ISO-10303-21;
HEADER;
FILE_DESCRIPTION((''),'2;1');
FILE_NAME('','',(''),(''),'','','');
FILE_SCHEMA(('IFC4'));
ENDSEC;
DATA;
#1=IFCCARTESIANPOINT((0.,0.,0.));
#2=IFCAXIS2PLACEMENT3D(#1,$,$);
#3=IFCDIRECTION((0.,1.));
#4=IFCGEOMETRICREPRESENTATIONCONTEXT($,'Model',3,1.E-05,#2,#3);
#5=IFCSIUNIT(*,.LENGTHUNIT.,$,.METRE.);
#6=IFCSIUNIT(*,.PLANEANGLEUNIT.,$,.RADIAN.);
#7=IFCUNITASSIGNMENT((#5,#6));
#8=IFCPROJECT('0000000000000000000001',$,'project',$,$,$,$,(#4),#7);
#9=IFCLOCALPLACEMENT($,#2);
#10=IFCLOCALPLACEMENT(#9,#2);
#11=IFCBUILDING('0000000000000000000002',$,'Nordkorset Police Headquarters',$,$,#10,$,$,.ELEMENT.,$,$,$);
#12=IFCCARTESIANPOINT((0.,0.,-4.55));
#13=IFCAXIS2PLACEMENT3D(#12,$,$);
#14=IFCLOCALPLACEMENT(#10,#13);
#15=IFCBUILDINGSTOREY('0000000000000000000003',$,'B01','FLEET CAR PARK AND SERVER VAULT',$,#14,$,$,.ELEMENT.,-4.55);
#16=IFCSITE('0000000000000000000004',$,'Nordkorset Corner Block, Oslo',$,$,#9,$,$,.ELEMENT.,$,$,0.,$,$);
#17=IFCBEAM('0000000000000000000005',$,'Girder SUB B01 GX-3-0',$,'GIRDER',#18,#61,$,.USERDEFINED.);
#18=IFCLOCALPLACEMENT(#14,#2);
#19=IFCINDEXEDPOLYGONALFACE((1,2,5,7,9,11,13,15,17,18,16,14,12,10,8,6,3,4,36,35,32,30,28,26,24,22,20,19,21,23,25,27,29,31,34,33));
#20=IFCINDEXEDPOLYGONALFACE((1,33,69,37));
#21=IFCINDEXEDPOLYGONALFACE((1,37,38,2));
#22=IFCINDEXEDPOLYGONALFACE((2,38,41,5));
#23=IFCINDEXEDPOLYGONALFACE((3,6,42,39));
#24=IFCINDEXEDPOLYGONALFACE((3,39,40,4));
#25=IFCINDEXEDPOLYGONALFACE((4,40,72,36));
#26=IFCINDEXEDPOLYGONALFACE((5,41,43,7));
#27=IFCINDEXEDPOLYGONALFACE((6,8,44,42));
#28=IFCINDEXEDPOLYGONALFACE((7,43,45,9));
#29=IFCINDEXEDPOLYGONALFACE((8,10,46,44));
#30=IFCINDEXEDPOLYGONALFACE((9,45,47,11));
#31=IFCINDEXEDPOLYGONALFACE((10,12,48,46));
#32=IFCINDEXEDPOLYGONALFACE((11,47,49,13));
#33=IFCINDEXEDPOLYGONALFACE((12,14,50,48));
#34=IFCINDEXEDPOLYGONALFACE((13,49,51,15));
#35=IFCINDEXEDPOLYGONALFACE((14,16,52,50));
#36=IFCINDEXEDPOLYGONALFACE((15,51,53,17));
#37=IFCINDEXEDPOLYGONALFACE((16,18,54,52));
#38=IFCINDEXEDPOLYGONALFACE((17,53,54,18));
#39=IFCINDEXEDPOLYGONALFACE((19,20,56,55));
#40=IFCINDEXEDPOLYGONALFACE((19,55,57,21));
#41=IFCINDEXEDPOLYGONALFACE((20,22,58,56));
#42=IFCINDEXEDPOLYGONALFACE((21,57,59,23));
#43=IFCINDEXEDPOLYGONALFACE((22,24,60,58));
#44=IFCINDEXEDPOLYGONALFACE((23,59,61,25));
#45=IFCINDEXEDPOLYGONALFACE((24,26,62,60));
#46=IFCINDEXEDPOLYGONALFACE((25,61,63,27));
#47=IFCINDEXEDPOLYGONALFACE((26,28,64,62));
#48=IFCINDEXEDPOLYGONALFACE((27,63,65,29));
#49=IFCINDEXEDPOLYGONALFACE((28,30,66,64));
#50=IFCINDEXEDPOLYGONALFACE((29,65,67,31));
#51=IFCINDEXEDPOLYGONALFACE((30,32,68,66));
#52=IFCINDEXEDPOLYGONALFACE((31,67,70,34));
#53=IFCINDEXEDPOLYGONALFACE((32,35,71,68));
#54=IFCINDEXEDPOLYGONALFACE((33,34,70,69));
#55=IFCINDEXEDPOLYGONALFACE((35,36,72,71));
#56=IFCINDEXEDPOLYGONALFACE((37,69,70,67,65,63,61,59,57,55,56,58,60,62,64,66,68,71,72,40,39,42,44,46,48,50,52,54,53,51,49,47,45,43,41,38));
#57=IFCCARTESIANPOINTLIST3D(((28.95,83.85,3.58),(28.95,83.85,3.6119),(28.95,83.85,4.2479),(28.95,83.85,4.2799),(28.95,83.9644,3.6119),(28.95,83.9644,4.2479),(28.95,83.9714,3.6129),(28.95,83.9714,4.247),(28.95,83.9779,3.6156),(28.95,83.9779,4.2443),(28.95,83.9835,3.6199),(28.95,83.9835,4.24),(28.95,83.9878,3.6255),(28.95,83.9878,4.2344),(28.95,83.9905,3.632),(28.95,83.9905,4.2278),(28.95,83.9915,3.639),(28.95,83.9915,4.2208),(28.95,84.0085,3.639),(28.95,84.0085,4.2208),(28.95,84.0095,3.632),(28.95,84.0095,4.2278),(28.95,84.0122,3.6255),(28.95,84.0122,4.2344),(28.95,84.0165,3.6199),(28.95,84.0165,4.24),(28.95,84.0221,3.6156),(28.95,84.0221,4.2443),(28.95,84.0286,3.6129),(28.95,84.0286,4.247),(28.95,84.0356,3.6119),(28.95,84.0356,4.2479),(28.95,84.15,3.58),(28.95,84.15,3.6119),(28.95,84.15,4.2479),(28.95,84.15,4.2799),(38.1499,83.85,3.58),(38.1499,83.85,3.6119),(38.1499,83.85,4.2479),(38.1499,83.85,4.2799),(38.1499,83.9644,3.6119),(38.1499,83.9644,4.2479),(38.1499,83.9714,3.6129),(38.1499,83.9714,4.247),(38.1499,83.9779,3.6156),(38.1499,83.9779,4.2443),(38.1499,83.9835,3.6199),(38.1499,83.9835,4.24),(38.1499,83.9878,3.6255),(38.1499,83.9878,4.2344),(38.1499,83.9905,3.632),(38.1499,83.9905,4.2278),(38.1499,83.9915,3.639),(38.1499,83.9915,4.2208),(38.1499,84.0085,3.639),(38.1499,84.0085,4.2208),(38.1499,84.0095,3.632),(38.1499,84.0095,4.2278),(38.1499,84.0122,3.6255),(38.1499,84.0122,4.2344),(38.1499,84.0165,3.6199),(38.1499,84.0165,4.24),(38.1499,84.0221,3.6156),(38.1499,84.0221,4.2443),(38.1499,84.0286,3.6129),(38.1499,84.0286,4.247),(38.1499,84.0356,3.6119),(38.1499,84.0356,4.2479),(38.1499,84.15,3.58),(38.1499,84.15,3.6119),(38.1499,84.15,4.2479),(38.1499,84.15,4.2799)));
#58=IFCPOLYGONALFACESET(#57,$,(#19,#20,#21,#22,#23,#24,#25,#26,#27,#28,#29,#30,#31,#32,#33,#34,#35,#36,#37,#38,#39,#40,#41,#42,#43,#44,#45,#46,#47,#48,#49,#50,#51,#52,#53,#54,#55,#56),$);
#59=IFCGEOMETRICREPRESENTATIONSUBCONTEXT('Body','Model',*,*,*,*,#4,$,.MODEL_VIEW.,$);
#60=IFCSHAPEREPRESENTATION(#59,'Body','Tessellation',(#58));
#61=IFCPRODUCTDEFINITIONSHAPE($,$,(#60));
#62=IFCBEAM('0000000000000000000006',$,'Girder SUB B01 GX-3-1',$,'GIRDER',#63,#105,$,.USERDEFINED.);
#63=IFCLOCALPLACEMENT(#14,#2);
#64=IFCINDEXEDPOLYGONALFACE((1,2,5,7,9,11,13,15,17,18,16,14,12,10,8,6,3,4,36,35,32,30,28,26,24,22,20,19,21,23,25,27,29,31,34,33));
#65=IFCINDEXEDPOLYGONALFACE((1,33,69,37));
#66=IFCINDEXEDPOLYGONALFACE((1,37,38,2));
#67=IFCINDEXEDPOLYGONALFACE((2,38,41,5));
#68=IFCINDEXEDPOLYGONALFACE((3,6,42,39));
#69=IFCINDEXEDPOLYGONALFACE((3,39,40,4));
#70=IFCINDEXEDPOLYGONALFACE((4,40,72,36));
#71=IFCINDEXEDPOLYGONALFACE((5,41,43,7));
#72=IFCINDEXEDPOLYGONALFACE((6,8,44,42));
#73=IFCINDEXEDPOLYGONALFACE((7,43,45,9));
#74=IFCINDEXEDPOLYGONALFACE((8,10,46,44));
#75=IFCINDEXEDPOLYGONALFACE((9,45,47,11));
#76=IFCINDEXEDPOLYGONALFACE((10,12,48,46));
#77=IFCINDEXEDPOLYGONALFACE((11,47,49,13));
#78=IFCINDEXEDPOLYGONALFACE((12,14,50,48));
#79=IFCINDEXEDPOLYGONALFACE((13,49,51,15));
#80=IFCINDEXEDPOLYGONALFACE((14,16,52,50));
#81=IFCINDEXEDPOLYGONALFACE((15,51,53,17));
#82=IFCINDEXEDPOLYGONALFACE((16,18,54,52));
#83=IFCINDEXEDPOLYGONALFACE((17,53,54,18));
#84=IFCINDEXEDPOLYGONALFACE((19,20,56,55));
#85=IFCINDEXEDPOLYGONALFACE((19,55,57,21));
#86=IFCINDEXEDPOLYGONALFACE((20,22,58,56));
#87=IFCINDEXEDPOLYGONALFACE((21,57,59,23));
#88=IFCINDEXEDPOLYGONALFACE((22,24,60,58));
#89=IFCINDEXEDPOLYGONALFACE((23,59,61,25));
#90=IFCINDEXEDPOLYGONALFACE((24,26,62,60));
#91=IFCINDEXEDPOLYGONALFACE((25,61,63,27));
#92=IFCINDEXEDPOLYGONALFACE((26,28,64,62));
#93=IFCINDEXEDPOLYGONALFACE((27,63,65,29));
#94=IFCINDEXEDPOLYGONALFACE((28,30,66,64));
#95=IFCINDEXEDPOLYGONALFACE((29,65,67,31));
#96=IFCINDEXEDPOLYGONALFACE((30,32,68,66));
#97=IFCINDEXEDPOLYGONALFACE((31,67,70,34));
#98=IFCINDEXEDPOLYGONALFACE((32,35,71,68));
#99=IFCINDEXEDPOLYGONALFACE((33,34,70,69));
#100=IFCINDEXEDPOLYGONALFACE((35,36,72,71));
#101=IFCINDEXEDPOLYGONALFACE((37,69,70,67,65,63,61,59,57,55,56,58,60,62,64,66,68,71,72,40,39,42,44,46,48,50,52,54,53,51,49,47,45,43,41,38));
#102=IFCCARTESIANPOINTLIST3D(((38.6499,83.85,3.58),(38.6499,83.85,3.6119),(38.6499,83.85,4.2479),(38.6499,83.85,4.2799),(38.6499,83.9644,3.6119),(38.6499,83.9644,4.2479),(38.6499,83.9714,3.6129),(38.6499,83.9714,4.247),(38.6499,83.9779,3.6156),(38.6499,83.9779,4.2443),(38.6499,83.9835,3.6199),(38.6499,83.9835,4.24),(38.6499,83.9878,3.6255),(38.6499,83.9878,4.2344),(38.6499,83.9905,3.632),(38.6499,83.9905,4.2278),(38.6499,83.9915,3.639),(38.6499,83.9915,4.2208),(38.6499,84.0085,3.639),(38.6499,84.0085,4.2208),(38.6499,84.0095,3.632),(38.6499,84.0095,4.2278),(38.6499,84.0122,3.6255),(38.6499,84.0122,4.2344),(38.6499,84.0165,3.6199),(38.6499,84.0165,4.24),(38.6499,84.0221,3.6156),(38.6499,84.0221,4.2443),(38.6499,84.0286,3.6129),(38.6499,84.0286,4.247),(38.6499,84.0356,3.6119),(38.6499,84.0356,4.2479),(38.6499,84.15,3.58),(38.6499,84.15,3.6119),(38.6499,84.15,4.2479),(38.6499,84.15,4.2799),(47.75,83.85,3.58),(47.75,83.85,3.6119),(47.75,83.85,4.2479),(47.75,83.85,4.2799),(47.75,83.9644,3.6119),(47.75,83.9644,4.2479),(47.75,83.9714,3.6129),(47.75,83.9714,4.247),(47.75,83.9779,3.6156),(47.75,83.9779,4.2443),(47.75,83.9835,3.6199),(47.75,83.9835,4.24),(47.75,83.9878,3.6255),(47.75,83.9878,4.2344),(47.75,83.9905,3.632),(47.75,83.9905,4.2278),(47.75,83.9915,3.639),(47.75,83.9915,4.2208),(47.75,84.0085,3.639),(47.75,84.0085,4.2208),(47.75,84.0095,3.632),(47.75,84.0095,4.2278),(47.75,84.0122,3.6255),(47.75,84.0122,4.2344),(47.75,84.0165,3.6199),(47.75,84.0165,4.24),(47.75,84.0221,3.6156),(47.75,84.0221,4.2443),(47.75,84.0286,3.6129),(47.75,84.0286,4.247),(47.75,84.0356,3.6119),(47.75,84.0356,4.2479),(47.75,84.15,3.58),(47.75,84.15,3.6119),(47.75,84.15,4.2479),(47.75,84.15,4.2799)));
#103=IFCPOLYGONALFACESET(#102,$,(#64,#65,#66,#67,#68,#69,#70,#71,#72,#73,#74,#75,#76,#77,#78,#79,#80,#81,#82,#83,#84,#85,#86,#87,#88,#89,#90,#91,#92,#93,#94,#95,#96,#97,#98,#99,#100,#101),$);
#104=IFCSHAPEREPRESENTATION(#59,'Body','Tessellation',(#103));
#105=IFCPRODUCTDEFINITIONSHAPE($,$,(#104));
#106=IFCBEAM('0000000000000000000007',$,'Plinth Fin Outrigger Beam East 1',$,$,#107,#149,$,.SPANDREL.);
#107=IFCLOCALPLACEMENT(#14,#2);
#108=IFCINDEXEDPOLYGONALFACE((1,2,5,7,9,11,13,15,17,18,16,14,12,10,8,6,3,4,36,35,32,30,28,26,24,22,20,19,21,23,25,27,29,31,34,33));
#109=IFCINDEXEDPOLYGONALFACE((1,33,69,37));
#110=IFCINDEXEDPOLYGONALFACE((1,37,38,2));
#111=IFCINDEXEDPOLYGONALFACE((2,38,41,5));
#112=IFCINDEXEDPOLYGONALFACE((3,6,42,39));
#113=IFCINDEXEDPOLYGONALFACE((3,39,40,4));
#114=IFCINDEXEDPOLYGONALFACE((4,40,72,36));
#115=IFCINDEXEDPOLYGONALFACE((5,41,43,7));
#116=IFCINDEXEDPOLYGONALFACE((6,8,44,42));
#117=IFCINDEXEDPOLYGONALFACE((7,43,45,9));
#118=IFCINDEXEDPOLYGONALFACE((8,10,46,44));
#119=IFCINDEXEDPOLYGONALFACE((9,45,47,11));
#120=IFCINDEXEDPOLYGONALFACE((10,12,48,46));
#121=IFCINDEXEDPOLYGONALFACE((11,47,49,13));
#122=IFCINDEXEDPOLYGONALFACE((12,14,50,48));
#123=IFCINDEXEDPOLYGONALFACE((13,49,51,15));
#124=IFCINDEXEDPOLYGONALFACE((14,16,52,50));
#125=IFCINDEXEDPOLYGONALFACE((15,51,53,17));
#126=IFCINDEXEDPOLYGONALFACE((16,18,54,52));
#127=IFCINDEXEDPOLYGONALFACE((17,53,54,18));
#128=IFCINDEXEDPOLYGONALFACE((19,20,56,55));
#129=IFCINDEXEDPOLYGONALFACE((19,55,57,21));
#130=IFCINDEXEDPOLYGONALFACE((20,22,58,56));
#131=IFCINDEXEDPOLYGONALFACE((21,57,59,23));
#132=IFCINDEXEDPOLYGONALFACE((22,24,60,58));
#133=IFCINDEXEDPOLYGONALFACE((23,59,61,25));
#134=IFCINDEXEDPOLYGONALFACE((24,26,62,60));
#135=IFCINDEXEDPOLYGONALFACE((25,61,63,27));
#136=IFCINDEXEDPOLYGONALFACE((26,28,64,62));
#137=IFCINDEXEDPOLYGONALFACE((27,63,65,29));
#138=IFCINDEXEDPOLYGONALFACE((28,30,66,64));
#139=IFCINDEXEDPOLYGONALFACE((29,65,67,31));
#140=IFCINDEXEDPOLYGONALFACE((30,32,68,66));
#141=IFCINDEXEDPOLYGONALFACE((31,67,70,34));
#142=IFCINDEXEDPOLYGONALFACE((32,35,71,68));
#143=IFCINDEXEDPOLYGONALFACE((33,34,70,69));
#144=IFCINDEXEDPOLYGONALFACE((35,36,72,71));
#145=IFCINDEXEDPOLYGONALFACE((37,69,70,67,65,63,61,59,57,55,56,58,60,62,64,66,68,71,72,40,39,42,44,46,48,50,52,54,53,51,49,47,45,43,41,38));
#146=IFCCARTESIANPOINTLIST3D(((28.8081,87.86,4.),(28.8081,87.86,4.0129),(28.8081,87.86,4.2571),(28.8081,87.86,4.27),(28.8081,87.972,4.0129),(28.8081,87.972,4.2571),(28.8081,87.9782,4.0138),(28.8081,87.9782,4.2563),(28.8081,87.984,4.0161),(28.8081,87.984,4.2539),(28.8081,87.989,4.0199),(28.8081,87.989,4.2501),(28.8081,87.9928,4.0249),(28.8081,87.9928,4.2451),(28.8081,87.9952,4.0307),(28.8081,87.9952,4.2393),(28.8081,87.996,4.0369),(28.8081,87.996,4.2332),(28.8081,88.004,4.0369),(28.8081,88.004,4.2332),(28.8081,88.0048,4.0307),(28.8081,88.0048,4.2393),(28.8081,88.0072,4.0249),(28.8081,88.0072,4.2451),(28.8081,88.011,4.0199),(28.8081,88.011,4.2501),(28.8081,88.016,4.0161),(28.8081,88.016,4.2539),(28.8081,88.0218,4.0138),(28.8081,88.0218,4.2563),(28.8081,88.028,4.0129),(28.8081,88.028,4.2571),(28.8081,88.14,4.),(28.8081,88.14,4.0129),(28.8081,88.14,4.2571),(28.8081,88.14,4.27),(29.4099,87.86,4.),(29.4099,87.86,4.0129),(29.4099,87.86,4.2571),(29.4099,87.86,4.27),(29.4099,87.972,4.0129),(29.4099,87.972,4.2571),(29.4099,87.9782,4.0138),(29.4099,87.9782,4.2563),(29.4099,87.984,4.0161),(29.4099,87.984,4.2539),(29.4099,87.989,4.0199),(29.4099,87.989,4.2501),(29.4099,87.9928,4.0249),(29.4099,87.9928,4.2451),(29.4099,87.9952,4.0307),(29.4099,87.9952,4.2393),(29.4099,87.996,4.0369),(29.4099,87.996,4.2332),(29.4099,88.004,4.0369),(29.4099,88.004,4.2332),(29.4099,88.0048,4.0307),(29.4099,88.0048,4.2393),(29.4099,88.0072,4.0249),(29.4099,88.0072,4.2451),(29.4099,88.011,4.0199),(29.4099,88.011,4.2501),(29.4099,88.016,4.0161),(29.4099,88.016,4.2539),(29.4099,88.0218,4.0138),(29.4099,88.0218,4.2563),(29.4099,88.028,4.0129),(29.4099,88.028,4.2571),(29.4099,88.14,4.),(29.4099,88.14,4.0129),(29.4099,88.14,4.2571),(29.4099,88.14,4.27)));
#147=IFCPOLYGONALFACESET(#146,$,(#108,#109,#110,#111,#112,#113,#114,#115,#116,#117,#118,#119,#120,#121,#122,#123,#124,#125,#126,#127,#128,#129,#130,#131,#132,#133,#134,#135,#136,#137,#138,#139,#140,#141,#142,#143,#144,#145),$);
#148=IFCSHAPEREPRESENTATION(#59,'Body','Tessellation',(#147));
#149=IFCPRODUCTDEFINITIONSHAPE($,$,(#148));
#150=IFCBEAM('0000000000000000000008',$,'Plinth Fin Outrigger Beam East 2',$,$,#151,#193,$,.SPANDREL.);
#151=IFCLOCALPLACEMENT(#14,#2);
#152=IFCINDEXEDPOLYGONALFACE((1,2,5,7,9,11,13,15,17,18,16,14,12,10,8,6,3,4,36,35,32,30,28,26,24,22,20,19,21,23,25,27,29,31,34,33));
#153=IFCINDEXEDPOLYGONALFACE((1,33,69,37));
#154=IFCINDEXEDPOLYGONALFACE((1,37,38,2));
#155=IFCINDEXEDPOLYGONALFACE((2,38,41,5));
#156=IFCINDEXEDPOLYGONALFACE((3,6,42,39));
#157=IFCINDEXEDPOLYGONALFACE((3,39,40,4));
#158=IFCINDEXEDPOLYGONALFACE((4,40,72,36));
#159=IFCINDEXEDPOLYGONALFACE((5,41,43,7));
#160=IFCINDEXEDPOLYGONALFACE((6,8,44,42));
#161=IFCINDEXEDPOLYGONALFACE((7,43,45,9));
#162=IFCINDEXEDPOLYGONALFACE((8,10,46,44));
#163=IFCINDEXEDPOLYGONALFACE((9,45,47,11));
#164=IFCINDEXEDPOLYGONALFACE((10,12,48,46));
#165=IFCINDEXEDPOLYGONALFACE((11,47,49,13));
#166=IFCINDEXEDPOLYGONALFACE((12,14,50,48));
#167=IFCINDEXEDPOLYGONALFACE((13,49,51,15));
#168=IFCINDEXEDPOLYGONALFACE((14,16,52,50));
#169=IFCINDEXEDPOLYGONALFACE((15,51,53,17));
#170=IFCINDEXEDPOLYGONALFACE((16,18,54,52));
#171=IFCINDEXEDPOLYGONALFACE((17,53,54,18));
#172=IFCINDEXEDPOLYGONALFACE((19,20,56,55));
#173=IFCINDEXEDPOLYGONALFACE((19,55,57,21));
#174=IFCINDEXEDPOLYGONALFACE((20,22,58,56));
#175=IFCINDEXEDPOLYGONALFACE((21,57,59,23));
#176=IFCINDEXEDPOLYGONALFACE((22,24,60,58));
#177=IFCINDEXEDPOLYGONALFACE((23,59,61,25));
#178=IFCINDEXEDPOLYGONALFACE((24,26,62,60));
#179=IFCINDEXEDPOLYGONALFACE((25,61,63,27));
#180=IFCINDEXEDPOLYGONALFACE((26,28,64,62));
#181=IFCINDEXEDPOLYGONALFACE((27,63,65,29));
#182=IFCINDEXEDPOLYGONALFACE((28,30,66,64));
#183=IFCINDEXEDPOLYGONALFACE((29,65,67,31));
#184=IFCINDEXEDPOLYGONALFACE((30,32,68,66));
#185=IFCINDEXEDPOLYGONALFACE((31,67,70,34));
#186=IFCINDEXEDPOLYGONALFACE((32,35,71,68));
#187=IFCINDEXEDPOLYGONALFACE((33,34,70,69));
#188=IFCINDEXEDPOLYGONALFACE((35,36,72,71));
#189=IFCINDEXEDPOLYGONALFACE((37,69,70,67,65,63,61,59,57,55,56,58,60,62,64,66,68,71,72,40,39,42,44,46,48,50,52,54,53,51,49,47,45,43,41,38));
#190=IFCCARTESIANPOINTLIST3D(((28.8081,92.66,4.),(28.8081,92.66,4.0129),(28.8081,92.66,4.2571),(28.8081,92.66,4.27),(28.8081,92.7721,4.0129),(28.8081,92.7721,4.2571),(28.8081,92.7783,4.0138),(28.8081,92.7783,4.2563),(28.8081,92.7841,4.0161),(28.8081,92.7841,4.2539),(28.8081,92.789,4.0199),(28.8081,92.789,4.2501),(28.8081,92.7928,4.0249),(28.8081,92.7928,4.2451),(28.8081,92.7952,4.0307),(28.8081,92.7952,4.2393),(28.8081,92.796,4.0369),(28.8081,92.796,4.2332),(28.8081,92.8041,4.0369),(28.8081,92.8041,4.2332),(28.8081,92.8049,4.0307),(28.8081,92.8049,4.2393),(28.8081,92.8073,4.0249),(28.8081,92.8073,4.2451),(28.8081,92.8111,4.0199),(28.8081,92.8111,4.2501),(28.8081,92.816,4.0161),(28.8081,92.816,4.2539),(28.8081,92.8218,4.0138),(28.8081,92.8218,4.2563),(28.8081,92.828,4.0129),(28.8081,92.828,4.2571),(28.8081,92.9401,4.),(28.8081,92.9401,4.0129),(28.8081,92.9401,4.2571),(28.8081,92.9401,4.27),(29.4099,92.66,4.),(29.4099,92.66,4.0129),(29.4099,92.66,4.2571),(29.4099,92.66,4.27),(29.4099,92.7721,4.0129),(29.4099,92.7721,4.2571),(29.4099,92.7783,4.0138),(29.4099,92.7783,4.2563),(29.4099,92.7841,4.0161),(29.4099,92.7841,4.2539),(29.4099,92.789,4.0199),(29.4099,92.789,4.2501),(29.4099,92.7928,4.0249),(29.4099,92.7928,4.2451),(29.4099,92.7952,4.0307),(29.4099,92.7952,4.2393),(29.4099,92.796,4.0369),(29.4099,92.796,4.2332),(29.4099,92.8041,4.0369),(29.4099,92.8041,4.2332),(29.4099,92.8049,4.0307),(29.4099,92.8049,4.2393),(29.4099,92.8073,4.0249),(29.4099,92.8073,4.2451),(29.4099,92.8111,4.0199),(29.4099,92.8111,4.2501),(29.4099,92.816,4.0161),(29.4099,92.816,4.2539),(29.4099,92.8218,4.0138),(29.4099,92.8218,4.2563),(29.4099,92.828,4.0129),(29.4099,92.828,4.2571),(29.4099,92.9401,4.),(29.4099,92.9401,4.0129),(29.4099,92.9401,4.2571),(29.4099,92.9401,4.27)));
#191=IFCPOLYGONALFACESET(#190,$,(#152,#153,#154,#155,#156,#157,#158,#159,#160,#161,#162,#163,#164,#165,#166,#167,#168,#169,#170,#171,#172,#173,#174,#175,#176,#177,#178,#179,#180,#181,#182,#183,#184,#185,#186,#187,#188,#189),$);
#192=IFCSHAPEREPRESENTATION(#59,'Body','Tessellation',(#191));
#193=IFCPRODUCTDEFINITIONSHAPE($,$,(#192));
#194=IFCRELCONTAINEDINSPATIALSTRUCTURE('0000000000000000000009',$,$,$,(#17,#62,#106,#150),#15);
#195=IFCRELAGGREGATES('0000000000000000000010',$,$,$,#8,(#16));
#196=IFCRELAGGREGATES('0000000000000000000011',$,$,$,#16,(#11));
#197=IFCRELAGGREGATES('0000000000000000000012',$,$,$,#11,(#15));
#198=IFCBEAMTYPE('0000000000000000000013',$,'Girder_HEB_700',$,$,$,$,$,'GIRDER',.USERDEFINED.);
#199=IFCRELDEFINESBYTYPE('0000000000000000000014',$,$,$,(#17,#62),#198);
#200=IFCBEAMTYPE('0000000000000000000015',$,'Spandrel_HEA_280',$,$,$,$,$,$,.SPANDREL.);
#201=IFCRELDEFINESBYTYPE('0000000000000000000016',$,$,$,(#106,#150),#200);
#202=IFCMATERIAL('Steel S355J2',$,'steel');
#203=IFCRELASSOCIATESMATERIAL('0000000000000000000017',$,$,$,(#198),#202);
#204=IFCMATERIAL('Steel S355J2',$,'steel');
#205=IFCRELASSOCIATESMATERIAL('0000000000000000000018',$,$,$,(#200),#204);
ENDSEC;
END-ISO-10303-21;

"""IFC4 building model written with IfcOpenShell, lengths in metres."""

from ifc_helpers import new_model, si_unit, direction, frame, origin, origin_2d, place, context, subcontext, project, spatial, i_section, extrude, material, material_profile, profile_set, type_object, element, save


model = new_model("IFC4")

# Units and contexts
model_context = context("Model", 3, precision=1e-05, world=origin(), true_north=direction((0.0, 1.0)))
body_context = subcontext(model_context, "Body", "Model", "MODEL_VIEW")
ifc_project = project(units=[si_unit("LENGTHUNIT", "METRE"), si_unit("PLANEANGLEUNIT", "RADIAN")], contexts=[model_context])

# Site, building, storey
site_placement = place(None, origin())
site = spatial("IfcSite", under=ifc_project, at=site_placement, Name="Nordkorset Corner Block, Oslo", CompositionType="ELEMENT", RefElevation=0.0)
building_placement = place(site_placement, origin())
building = spatial("IfcBuilding", under=site, at=building_placement, Name="Nordkorset Police Headquarters", CompositionType="ELEMENT")
storey_placement = place(building_placement, frame((0.0, 0.0, -4.55)))
storey = spatial("IfcBuildingStorey", under=building, at=storey_placement, Name="B01", Description="FLEET CAR PARK AND SERVER VAULT", CompositionType="ELEMENT", Elevation=-4.55)

# Beams
ifc_material_1 = material(Name="Steel S355J2", Category="steel")
ifc_material_profile_1 = material_profile(ifc_material_1, i_section(OverallWidth=0.3, OverallDepth=0.7, WebThickness=0.0171, FlangeThickness=0.032, FilletRadius=0.0271, at=origin_2d()), Name="HEB 700")
ifc_profile_set_1 = profile_set([ifc_material_profile_1], Name="Steel S355J2")
beam_type_1 = type_object("IfcBeamType", Name="Girder_HEB_700", ElementType="GIRDER", PredefinedType="USERDEFINED", material=ifc_profile_set_1)
beam_1_placement = place(storey_placement, frame((28.95, 84.0, 3.9299), z_axis=(1.0, 0.0, 0.0), x_axis=(0.0, 1.0, 0.0)))
element("IfcBeam", 1, at=beam_1_placement, inside=storey, type_object=beam_type_1, Name="Girder SUB B01 GX-3-0", ObjectType="GIRDER", PredefinedType="USERDEFINED", context=body_context, shape_type="SweptSolid", body=[
    extrude(i_section(OverallWidth=0.3, OverallDepth=0.7, WebThickness=0.0171, FlangeThickness=0.032, FilletRadius=0.0271, at=origin_2d()), origin(), (0.0, 0.0, 1.0), 9.2),
])
beam_2_placement = place(storey_placement, frame((38.6499, 84.0, 3.9299), z_axis=(1.0, 0.0, 0.0), x_axis=(0.0, 1.0, 0.0)))
element("IfcBeam", 2, at=beam_2_placement, inside=storey, type_object=beam_type_1, Name="Girder SUB B01 GX-3-1", ObjectType="GIRDER", PredefinedType="USERDEFINED", context=body_context, shape_type="SweptSolid", body=[
    extrude(i_section(OverallWidth=0.3, OverallDepth=0.7, WebThickness=0.0171, FlangeThickness=0.032, FilletRadius=0.0271, at=origin_2d()), origin(), (0.0, 0.0, 1.0), 9.1001),
])
ifc_material_2 = material(Name="Steel S355J2", Category="steel")
ifc_material_profile_2 = material_profile(ifc_material_2, i_section(OverallWidth=0.28, OverallDepth=0.27, WebThickness=0.0081, FlangeThickness=0.0129, FilletRadius=0.0239, at=origin_2d()), Name="HEA 280")
ifc_profile_set_2 = profile_set([ifc_material_profile_2], Name="Steel S355J2")
beam_type_2 = type_object("IfcBeamType", Name="Spandrel_HEA_280", PredefinedType="SPANDREL", material=ifc_profile_set_2)
for number, where, z_axis, x_axis, name in (
    (3, (28.8081, 88.0, 4.135), (1.0, 0.0, 0.0), (0.0, 1.0, 0.0), "Plinth Fin Outrigger Beam East 1"),
    (4, (28.8081, 92.8, 4.135), (1.0, 0.0, 0.0), (0.0, 1.0, 0.0), "Plinth Fin Outrigger Beam East 2"),
):
    element("IfcBeam", number, at=place(storey_placement, frame(where, z_axis=z_axis, x_axis=x_axis)), inside=storey, type_object=beam_type_2, Name=name, PredefinedType="SPANDREL", context=body_context, shape_type="SweptSolid", body=[
        extrude(i_section(OverallWidth=0.28, OverallDepth=0.27, WebThickness=0.0081, FlangeThickness=0.0129, FilletRadius=0.0239, at=origin_2d()), origin(), (0.0, 0.0, 1.0), 0.6018),
    ])

save(model, "model.ifc")
